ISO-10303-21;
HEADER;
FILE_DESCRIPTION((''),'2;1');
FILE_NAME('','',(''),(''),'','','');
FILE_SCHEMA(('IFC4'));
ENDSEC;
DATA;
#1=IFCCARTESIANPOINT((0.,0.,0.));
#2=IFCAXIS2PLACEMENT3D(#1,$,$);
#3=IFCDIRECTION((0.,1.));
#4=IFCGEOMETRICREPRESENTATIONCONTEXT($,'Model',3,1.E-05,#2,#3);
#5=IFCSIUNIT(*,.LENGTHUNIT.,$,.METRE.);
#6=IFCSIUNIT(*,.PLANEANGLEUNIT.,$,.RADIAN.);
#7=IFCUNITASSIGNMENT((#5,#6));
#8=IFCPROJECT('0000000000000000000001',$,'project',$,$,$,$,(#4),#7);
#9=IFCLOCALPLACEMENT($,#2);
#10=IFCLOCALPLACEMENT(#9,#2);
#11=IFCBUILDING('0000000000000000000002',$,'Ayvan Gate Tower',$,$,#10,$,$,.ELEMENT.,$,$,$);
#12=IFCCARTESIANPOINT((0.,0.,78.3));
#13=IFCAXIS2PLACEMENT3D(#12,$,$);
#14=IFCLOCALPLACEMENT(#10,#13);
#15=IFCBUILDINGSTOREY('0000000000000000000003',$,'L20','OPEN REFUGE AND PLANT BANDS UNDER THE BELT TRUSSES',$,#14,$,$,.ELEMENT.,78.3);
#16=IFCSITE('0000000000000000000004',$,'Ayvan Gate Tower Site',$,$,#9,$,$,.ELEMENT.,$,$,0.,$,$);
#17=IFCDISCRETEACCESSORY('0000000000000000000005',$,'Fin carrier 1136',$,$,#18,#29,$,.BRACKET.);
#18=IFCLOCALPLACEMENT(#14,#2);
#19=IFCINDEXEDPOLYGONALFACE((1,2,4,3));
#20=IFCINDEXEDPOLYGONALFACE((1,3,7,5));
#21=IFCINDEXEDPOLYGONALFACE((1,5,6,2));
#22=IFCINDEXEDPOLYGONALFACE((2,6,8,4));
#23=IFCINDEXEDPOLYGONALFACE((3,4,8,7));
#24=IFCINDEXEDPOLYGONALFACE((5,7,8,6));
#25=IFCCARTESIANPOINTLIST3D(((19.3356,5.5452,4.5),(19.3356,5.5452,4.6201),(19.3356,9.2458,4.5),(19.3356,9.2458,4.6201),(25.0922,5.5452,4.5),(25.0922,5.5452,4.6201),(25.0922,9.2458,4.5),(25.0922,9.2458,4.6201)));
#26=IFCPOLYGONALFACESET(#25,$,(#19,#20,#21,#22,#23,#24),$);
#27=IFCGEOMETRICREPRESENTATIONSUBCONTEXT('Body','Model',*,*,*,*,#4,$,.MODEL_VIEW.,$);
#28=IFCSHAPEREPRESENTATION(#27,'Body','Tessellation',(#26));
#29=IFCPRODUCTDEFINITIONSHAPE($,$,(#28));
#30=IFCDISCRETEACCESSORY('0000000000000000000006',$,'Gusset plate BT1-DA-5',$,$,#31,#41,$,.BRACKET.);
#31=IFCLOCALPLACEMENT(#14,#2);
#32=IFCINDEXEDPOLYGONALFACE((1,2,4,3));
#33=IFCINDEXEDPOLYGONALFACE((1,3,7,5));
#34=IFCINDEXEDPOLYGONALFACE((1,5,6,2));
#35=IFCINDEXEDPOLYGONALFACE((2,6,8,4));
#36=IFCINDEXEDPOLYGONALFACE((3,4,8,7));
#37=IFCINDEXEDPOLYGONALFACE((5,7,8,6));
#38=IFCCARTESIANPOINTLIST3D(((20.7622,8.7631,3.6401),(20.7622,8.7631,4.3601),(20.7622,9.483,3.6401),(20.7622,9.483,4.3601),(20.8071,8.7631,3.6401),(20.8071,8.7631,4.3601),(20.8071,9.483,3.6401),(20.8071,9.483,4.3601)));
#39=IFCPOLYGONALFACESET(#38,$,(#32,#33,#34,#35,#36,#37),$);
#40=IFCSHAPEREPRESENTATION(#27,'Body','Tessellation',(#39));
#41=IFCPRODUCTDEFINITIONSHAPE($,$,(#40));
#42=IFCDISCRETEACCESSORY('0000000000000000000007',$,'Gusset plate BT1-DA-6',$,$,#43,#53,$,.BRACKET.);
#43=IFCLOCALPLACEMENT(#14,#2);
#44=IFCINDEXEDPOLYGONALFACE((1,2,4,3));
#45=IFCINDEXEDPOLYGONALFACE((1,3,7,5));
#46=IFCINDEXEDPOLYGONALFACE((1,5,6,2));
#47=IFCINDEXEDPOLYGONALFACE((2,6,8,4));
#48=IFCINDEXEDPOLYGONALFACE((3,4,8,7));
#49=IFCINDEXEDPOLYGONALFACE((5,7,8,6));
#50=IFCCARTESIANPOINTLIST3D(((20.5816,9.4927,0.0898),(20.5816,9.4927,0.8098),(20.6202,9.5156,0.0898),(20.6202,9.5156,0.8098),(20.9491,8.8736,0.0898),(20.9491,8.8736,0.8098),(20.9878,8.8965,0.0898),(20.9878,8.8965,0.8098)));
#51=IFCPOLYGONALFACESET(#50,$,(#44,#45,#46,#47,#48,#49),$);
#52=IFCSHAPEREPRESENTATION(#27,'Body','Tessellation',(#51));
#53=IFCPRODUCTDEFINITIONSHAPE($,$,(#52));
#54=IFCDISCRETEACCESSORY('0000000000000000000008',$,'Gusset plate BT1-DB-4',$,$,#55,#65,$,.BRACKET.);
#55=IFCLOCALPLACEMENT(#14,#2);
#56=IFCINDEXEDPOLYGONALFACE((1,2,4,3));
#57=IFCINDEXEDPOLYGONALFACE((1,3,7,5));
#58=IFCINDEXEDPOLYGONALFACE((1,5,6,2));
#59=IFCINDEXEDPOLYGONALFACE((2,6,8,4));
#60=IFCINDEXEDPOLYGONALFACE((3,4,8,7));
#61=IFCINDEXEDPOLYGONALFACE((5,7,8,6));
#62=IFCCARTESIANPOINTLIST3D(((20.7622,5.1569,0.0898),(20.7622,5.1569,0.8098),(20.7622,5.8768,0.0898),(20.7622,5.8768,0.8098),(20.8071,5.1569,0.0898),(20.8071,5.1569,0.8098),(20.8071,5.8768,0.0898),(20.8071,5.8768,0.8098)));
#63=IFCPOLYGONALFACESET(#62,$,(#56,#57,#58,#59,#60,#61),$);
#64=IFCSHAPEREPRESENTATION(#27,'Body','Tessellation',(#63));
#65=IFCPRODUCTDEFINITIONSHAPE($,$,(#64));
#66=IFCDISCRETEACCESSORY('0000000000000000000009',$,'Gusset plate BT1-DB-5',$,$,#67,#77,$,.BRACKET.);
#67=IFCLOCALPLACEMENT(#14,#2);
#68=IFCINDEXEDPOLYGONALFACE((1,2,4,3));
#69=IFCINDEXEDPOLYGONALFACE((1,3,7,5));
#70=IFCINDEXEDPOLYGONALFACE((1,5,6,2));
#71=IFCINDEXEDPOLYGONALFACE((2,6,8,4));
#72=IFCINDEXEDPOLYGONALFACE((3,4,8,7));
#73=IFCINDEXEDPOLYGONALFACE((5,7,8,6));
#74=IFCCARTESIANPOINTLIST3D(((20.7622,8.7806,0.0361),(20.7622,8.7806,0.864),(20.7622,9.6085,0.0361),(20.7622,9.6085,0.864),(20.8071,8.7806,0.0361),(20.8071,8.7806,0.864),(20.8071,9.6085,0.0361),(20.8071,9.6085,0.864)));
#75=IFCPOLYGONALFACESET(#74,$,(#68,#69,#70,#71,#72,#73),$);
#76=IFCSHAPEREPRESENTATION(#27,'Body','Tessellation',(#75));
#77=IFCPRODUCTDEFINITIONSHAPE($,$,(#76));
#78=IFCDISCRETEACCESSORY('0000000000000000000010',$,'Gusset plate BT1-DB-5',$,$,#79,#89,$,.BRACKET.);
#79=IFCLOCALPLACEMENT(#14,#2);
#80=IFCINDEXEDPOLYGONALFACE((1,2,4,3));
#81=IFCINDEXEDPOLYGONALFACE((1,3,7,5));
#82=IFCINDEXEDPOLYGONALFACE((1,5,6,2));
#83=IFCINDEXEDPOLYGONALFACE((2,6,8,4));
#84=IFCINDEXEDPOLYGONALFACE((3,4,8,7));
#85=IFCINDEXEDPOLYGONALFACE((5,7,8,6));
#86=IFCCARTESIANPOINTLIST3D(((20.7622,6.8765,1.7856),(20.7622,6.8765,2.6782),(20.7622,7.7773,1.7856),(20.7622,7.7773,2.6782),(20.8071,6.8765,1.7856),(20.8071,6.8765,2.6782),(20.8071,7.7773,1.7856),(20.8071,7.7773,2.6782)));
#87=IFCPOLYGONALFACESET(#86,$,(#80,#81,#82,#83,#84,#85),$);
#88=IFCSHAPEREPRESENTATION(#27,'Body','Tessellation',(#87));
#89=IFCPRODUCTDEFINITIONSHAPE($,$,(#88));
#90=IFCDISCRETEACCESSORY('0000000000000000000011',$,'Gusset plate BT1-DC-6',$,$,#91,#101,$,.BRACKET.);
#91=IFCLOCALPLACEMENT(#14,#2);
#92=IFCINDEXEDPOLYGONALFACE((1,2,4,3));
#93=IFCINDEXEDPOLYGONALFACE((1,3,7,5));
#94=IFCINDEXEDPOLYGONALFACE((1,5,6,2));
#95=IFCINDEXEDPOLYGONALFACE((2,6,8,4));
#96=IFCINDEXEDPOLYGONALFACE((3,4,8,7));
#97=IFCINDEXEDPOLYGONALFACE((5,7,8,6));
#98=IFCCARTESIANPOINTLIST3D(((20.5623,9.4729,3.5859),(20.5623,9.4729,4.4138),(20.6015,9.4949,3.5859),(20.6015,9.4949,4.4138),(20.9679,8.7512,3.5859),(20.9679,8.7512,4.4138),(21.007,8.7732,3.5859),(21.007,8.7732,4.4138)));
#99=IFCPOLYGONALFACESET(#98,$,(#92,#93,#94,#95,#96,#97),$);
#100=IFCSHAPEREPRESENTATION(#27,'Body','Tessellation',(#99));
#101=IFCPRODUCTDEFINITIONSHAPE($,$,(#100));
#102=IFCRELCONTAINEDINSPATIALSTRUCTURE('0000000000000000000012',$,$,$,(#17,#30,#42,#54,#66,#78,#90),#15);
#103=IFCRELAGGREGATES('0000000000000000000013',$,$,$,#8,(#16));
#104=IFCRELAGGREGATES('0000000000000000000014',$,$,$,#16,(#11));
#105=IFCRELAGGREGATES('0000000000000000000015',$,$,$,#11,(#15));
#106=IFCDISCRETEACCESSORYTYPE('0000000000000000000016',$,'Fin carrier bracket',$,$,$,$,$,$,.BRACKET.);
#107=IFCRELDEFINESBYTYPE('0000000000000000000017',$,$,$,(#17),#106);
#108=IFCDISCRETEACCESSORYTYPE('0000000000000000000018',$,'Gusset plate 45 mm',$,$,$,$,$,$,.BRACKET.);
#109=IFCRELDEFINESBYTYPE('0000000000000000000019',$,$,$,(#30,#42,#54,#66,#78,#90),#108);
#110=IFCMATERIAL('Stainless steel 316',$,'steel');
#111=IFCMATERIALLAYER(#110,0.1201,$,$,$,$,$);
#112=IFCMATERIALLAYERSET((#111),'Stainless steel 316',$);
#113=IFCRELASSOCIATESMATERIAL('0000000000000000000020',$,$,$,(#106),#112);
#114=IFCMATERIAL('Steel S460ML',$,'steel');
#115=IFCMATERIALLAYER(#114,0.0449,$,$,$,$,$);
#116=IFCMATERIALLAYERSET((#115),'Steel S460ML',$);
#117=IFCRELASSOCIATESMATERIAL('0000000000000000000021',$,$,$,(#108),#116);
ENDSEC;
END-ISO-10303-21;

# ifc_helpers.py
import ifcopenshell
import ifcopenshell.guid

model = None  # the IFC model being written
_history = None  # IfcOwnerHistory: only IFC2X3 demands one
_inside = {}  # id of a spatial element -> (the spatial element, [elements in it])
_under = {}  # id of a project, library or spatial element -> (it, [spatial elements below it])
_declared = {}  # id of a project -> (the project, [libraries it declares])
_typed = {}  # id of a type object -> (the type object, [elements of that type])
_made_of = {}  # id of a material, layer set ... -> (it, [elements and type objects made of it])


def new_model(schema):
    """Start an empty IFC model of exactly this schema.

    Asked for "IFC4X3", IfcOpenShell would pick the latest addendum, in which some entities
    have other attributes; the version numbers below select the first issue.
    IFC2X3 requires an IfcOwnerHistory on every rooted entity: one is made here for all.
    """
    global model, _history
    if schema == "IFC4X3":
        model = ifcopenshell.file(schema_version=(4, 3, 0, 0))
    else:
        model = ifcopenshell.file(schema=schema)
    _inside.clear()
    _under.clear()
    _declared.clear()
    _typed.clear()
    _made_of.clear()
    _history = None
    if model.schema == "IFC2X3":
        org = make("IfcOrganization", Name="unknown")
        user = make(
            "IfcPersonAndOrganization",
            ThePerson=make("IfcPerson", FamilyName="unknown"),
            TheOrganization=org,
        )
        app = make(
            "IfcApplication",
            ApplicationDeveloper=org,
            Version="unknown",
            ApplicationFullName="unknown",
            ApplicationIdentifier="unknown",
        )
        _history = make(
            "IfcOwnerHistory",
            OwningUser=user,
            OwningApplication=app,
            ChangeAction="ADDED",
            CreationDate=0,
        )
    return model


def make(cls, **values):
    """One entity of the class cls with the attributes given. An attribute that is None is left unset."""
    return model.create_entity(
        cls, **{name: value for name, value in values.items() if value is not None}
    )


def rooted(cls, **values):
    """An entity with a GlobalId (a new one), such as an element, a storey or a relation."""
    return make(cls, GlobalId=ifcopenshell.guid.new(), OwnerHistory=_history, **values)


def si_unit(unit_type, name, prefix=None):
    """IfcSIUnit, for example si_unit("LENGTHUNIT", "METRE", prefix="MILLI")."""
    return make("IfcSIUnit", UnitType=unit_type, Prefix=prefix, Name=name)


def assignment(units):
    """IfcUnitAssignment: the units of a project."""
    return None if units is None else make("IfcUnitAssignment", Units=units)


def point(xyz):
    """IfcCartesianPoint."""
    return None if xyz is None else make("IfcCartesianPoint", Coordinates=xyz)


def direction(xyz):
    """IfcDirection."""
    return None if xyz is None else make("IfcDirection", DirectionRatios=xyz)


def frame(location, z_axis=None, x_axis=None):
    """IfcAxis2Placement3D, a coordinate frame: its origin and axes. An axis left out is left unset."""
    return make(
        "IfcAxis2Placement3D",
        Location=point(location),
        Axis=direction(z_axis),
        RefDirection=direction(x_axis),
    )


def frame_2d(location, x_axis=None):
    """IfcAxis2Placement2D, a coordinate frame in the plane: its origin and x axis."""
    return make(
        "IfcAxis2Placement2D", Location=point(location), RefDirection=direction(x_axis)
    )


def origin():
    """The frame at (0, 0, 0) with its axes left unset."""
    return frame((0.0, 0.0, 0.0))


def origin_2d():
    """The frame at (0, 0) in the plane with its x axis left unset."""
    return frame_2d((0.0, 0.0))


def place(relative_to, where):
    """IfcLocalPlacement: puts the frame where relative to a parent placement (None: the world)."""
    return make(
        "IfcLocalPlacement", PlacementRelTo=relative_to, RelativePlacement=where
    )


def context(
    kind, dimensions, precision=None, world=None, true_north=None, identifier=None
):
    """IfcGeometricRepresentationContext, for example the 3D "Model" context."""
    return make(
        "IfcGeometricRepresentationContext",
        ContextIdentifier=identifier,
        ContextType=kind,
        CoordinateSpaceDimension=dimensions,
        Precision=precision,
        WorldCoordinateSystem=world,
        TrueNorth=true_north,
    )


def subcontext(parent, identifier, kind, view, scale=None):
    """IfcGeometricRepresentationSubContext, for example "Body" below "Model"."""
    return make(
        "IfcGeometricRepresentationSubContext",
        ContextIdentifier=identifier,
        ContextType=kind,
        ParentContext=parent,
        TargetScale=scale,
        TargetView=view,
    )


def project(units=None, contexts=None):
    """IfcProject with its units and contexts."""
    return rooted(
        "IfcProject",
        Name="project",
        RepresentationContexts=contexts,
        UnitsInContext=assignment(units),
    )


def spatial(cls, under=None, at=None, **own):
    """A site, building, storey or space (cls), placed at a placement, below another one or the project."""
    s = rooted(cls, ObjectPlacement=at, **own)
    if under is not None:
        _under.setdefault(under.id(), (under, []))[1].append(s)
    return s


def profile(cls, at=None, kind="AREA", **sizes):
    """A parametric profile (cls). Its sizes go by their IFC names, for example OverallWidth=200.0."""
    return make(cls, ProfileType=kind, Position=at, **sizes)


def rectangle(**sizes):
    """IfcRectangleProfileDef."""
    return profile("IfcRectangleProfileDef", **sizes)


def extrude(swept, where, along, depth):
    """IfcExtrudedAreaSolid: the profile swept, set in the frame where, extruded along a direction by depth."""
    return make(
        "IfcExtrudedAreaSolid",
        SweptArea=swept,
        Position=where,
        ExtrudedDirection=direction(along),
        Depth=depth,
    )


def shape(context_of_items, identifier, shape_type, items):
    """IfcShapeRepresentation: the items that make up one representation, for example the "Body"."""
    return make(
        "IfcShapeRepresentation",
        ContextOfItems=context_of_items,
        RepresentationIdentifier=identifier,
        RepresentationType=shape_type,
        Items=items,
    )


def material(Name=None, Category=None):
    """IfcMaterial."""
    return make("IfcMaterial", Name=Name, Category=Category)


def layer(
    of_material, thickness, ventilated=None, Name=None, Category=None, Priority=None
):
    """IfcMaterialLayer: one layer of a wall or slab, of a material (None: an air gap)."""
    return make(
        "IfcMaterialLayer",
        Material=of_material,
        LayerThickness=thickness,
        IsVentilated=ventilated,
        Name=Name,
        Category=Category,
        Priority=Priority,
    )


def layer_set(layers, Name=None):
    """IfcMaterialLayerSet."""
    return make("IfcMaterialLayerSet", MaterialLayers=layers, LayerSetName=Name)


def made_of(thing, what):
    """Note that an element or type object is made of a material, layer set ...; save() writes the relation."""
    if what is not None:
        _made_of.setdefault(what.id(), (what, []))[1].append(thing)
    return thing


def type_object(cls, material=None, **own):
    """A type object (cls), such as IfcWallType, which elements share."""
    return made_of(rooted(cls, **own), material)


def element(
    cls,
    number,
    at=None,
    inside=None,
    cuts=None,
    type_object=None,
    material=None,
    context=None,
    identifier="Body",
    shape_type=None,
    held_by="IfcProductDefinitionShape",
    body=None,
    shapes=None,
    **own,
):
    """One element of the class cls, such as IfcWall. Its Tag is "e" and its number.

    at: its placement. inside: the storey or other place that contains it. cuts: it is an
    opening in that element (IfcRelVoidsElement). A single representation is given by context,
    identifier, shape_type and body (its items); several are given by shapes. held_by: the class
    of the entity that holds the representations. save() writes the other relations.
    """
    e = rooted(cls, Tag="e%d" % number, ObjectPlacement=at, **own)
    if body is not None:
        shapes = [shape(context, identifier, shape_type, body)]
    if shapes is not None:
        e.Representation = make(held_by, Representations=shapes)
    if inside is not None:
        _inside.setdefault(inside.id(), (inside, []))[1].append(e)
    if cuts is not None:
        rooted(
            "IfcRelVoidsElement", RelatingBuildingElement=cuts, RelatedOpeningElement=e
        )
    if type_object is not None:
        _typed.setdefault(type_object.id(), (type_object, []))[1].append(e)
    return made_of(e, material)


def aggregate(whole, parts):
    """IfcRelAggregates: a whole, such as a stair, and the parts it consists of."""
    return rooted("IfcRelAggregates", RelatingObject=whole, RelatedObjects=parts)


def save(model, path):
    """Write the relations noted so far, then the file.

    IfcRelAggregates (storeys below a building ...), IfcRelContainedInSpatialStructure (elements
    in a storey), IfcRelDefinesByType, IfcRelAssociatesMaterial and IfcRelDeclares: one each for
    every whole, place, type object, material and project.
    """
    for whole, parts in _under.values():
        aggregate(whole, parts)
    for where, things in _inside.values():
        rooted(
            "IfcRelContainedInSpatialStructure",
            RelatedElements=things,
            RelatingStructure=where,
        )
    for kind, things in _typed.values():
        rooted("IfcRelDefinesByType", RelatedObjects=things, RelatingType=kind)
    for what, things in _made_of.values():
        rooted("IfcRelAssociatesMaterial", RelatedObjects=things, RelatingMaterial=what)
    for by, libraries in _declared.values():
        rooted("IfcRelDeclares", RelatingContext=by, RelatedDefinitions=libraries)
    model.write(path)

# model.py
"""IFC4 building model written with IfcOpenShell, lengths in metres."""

from ifc_helpers import new_model, si_unit, direction, frame, origin, origin_2d, place, context, subcontext, project, spatial, rectangle, extrude, material, layer, layer_set, type_object, element, save


model = new_model("IFC4")

# Units and contexts
model_context = context("Model", 3, precision=1e-05, world=origin(), true_north=direction((0.0, 1.0)))
body_context = subcontext(model_context, "Body", "Model", "MODEL_VIEW")
ifc_project = project(units=[si_unit("LENGTHUNIT", "METRE"), si_unit("PLANEANGLEUNIT", "RADIAN")], contexts=[model_context])

# Site, building, storey
site_placement = place(None, origin())
site = spatial("IfcSite", under=ifc_project, at=site_placement, Name="Ayvan Gate Tower Site", CompositionType="ELEMENT", RefElevation=0.0)
building_placement = place(site_placement, origin())
building = spatial("IfcBuilding", under=site, at=building_placement, Name="Ayvan Gate Tower", CompositionType="ELEMENT")
storey_placement = place(building_placement, frame((0.0, 0.0, 78.3)))
storey = spatial("IfcBuildingStorey", under=building, at=storey_placement, Name="L20", Description="OPEN REFUGE AND PLANT BANDS UNDER THE BELT TRUSSES", CompositionType="ELEMENT", Elevation=78.3)

# Shared definitions
ifc_material_1 = material(Name="Steel S460ML", Category="steel")

# Discrete accessories
ifc_material_2 = material(Name="Stainless steel 316", Category="steel")
ifc_layer_1 = layer(ifc_material_2, 0.1201)
ifc_layer_set_1 = layer_set([ifc_layer_1], Name="Stainless steel 316")
discrete_accessory_type_1 = type_object("IfcDiscreteAccessoryType", Name="Fin carrier bracket", PredefinedType="BRACKET", material=ifc_layer_set_1)
discrete_accessory_1_placement = place(storey_placement, frame((22.2139, 7.3955, 4.5), z_axis=(0.0, 0.0, 1.0), x_axis=(0.0, 1.0, 0.0)))
element("IfcDiscreteAccessory", 1, at=discrete_accessory_1_placement, inside=storey, type_object=discrete_accessory_type_1, Name="Fin carrier 1136", PredefinedType="BRACKET", context=body_context, shape_type="SweptSolid", body=[
    extrude(rectangle(XDim=3.7007, YDim=5.7566, at=origin_2d()), origin(), (0.0, 0.0, 1.0), 0.1201),
])
ifc_layer_2 = layer(ifc_material_1, 0.0449)
ifc_layer_set_2 = layer_set([ifc_layer_2], Name="Steel S460ML")
discrete_accessory_type_2 = type_object("IfcDiscreteAccessoryType", Name="Gusset plate 45 mm", PredefinedType="BRACKET", material=ifc_layer_set_2)
for number, where, z_axis, x_axis, name in (
    (2, (20.7847, 9.123, 3.6401), (0.0, 0.0, 1.0), (0.0, 1.0, 0.0), "Gusset plate BT1-DA-5"),
    (3, (20.7847, 9.1946, 0.0898), (0.0, 0.0, 1.0), (-0.510507, 0.859874, 0.0), "Gusset plate BT1-DA-6"),
    (4, (20.7847, 5.5168, 0.0898), (0.0, 0.0, 1.0), (0.0, 1.0, 0.0), "Gusset plate BT1-DB-4"),
):
    element("IfcDiscreteAccessory", number, at=place(storey_placement, frame(where, z_axis=z_axis, x_axis=x_axis)), inside=storey, type_object=discrete_accessory_type_2, Name=name, PredefinedType="BRACKET", context=body_context, shape_type="SweptSolid", body=[
        extrude(rectangle(XDim=0.72, YDim=0.0449, at=origin_2d()), origin(), (0.0, 0.0, 1.0), 0.72),
    ])
discrete_accessory_2_placement = place(storey_placement, frame((20.7847, 9.1946, 0.0361), z_axis=(0.0, 0.0, 1.0), x_axis=(0.0, 1.0, 0.0)))
element("IfcDiscreteAccessory", 5, at=discrete_accessory_2_placement, inside=storey, type_object=discrete_accessory_type_2, Name="Gusset plate BT1-DB-5", PredefinedType="BRACKET", context=body_context, shape_type="SweptSolid", body=[
    extrude(rectangle(XDim=0.8279, YDim=0.0449, at=origin_2d()), origin(), (0.0, 0.0, 1.0), 0.8279),
])
discrete_accessory_3_placement = place(storey_placement, frame((20.7847, 7.3269, 1.7856), z_axis=(0.0, 0.0, 1.0), x_axis=(0.0, 1.0, 0.0)))
element("IfcDiscreteAccessory", 6, at=discrete_accessory_3_placement, inside=storey, type_object=discrete_accessory_type_2, Name="Gusset plate BT1-DB-5", PredefinedType="BRACKET", context=body_context, shape_type="SweptSolid", body=[
    extrude(rectangle(XDim=0.9009, YDim=0.0449, at=origin_2d()), origin(), (0.0, 0.0, 1.0), 0.8926),
])
discrete_accessory_4_placement = place(storey_placement, frame((20.7847, 9.123, 3.5859), z_axis=(0.0, 0.0, 1.0), x_axis=(-0.489848, 0.871808, 0.0)))
element("IfcDiscreteAccessory", 7, at=discrete_accessory_4_placement, inside=storey, type_object=discrete_accessory_type_2, Name="Gusset plate BT1-DC-6", PredefinedType="BRACKET", context=body_context, shape_type="SweptSolid", body=[
    extrude(rectangle(XDim=0.8279, YDim=0.0449, at=origin_2d()), origin(), (0.0, 0.0, 1.0), 0.8279),
])

save(model, "model.ifc")
